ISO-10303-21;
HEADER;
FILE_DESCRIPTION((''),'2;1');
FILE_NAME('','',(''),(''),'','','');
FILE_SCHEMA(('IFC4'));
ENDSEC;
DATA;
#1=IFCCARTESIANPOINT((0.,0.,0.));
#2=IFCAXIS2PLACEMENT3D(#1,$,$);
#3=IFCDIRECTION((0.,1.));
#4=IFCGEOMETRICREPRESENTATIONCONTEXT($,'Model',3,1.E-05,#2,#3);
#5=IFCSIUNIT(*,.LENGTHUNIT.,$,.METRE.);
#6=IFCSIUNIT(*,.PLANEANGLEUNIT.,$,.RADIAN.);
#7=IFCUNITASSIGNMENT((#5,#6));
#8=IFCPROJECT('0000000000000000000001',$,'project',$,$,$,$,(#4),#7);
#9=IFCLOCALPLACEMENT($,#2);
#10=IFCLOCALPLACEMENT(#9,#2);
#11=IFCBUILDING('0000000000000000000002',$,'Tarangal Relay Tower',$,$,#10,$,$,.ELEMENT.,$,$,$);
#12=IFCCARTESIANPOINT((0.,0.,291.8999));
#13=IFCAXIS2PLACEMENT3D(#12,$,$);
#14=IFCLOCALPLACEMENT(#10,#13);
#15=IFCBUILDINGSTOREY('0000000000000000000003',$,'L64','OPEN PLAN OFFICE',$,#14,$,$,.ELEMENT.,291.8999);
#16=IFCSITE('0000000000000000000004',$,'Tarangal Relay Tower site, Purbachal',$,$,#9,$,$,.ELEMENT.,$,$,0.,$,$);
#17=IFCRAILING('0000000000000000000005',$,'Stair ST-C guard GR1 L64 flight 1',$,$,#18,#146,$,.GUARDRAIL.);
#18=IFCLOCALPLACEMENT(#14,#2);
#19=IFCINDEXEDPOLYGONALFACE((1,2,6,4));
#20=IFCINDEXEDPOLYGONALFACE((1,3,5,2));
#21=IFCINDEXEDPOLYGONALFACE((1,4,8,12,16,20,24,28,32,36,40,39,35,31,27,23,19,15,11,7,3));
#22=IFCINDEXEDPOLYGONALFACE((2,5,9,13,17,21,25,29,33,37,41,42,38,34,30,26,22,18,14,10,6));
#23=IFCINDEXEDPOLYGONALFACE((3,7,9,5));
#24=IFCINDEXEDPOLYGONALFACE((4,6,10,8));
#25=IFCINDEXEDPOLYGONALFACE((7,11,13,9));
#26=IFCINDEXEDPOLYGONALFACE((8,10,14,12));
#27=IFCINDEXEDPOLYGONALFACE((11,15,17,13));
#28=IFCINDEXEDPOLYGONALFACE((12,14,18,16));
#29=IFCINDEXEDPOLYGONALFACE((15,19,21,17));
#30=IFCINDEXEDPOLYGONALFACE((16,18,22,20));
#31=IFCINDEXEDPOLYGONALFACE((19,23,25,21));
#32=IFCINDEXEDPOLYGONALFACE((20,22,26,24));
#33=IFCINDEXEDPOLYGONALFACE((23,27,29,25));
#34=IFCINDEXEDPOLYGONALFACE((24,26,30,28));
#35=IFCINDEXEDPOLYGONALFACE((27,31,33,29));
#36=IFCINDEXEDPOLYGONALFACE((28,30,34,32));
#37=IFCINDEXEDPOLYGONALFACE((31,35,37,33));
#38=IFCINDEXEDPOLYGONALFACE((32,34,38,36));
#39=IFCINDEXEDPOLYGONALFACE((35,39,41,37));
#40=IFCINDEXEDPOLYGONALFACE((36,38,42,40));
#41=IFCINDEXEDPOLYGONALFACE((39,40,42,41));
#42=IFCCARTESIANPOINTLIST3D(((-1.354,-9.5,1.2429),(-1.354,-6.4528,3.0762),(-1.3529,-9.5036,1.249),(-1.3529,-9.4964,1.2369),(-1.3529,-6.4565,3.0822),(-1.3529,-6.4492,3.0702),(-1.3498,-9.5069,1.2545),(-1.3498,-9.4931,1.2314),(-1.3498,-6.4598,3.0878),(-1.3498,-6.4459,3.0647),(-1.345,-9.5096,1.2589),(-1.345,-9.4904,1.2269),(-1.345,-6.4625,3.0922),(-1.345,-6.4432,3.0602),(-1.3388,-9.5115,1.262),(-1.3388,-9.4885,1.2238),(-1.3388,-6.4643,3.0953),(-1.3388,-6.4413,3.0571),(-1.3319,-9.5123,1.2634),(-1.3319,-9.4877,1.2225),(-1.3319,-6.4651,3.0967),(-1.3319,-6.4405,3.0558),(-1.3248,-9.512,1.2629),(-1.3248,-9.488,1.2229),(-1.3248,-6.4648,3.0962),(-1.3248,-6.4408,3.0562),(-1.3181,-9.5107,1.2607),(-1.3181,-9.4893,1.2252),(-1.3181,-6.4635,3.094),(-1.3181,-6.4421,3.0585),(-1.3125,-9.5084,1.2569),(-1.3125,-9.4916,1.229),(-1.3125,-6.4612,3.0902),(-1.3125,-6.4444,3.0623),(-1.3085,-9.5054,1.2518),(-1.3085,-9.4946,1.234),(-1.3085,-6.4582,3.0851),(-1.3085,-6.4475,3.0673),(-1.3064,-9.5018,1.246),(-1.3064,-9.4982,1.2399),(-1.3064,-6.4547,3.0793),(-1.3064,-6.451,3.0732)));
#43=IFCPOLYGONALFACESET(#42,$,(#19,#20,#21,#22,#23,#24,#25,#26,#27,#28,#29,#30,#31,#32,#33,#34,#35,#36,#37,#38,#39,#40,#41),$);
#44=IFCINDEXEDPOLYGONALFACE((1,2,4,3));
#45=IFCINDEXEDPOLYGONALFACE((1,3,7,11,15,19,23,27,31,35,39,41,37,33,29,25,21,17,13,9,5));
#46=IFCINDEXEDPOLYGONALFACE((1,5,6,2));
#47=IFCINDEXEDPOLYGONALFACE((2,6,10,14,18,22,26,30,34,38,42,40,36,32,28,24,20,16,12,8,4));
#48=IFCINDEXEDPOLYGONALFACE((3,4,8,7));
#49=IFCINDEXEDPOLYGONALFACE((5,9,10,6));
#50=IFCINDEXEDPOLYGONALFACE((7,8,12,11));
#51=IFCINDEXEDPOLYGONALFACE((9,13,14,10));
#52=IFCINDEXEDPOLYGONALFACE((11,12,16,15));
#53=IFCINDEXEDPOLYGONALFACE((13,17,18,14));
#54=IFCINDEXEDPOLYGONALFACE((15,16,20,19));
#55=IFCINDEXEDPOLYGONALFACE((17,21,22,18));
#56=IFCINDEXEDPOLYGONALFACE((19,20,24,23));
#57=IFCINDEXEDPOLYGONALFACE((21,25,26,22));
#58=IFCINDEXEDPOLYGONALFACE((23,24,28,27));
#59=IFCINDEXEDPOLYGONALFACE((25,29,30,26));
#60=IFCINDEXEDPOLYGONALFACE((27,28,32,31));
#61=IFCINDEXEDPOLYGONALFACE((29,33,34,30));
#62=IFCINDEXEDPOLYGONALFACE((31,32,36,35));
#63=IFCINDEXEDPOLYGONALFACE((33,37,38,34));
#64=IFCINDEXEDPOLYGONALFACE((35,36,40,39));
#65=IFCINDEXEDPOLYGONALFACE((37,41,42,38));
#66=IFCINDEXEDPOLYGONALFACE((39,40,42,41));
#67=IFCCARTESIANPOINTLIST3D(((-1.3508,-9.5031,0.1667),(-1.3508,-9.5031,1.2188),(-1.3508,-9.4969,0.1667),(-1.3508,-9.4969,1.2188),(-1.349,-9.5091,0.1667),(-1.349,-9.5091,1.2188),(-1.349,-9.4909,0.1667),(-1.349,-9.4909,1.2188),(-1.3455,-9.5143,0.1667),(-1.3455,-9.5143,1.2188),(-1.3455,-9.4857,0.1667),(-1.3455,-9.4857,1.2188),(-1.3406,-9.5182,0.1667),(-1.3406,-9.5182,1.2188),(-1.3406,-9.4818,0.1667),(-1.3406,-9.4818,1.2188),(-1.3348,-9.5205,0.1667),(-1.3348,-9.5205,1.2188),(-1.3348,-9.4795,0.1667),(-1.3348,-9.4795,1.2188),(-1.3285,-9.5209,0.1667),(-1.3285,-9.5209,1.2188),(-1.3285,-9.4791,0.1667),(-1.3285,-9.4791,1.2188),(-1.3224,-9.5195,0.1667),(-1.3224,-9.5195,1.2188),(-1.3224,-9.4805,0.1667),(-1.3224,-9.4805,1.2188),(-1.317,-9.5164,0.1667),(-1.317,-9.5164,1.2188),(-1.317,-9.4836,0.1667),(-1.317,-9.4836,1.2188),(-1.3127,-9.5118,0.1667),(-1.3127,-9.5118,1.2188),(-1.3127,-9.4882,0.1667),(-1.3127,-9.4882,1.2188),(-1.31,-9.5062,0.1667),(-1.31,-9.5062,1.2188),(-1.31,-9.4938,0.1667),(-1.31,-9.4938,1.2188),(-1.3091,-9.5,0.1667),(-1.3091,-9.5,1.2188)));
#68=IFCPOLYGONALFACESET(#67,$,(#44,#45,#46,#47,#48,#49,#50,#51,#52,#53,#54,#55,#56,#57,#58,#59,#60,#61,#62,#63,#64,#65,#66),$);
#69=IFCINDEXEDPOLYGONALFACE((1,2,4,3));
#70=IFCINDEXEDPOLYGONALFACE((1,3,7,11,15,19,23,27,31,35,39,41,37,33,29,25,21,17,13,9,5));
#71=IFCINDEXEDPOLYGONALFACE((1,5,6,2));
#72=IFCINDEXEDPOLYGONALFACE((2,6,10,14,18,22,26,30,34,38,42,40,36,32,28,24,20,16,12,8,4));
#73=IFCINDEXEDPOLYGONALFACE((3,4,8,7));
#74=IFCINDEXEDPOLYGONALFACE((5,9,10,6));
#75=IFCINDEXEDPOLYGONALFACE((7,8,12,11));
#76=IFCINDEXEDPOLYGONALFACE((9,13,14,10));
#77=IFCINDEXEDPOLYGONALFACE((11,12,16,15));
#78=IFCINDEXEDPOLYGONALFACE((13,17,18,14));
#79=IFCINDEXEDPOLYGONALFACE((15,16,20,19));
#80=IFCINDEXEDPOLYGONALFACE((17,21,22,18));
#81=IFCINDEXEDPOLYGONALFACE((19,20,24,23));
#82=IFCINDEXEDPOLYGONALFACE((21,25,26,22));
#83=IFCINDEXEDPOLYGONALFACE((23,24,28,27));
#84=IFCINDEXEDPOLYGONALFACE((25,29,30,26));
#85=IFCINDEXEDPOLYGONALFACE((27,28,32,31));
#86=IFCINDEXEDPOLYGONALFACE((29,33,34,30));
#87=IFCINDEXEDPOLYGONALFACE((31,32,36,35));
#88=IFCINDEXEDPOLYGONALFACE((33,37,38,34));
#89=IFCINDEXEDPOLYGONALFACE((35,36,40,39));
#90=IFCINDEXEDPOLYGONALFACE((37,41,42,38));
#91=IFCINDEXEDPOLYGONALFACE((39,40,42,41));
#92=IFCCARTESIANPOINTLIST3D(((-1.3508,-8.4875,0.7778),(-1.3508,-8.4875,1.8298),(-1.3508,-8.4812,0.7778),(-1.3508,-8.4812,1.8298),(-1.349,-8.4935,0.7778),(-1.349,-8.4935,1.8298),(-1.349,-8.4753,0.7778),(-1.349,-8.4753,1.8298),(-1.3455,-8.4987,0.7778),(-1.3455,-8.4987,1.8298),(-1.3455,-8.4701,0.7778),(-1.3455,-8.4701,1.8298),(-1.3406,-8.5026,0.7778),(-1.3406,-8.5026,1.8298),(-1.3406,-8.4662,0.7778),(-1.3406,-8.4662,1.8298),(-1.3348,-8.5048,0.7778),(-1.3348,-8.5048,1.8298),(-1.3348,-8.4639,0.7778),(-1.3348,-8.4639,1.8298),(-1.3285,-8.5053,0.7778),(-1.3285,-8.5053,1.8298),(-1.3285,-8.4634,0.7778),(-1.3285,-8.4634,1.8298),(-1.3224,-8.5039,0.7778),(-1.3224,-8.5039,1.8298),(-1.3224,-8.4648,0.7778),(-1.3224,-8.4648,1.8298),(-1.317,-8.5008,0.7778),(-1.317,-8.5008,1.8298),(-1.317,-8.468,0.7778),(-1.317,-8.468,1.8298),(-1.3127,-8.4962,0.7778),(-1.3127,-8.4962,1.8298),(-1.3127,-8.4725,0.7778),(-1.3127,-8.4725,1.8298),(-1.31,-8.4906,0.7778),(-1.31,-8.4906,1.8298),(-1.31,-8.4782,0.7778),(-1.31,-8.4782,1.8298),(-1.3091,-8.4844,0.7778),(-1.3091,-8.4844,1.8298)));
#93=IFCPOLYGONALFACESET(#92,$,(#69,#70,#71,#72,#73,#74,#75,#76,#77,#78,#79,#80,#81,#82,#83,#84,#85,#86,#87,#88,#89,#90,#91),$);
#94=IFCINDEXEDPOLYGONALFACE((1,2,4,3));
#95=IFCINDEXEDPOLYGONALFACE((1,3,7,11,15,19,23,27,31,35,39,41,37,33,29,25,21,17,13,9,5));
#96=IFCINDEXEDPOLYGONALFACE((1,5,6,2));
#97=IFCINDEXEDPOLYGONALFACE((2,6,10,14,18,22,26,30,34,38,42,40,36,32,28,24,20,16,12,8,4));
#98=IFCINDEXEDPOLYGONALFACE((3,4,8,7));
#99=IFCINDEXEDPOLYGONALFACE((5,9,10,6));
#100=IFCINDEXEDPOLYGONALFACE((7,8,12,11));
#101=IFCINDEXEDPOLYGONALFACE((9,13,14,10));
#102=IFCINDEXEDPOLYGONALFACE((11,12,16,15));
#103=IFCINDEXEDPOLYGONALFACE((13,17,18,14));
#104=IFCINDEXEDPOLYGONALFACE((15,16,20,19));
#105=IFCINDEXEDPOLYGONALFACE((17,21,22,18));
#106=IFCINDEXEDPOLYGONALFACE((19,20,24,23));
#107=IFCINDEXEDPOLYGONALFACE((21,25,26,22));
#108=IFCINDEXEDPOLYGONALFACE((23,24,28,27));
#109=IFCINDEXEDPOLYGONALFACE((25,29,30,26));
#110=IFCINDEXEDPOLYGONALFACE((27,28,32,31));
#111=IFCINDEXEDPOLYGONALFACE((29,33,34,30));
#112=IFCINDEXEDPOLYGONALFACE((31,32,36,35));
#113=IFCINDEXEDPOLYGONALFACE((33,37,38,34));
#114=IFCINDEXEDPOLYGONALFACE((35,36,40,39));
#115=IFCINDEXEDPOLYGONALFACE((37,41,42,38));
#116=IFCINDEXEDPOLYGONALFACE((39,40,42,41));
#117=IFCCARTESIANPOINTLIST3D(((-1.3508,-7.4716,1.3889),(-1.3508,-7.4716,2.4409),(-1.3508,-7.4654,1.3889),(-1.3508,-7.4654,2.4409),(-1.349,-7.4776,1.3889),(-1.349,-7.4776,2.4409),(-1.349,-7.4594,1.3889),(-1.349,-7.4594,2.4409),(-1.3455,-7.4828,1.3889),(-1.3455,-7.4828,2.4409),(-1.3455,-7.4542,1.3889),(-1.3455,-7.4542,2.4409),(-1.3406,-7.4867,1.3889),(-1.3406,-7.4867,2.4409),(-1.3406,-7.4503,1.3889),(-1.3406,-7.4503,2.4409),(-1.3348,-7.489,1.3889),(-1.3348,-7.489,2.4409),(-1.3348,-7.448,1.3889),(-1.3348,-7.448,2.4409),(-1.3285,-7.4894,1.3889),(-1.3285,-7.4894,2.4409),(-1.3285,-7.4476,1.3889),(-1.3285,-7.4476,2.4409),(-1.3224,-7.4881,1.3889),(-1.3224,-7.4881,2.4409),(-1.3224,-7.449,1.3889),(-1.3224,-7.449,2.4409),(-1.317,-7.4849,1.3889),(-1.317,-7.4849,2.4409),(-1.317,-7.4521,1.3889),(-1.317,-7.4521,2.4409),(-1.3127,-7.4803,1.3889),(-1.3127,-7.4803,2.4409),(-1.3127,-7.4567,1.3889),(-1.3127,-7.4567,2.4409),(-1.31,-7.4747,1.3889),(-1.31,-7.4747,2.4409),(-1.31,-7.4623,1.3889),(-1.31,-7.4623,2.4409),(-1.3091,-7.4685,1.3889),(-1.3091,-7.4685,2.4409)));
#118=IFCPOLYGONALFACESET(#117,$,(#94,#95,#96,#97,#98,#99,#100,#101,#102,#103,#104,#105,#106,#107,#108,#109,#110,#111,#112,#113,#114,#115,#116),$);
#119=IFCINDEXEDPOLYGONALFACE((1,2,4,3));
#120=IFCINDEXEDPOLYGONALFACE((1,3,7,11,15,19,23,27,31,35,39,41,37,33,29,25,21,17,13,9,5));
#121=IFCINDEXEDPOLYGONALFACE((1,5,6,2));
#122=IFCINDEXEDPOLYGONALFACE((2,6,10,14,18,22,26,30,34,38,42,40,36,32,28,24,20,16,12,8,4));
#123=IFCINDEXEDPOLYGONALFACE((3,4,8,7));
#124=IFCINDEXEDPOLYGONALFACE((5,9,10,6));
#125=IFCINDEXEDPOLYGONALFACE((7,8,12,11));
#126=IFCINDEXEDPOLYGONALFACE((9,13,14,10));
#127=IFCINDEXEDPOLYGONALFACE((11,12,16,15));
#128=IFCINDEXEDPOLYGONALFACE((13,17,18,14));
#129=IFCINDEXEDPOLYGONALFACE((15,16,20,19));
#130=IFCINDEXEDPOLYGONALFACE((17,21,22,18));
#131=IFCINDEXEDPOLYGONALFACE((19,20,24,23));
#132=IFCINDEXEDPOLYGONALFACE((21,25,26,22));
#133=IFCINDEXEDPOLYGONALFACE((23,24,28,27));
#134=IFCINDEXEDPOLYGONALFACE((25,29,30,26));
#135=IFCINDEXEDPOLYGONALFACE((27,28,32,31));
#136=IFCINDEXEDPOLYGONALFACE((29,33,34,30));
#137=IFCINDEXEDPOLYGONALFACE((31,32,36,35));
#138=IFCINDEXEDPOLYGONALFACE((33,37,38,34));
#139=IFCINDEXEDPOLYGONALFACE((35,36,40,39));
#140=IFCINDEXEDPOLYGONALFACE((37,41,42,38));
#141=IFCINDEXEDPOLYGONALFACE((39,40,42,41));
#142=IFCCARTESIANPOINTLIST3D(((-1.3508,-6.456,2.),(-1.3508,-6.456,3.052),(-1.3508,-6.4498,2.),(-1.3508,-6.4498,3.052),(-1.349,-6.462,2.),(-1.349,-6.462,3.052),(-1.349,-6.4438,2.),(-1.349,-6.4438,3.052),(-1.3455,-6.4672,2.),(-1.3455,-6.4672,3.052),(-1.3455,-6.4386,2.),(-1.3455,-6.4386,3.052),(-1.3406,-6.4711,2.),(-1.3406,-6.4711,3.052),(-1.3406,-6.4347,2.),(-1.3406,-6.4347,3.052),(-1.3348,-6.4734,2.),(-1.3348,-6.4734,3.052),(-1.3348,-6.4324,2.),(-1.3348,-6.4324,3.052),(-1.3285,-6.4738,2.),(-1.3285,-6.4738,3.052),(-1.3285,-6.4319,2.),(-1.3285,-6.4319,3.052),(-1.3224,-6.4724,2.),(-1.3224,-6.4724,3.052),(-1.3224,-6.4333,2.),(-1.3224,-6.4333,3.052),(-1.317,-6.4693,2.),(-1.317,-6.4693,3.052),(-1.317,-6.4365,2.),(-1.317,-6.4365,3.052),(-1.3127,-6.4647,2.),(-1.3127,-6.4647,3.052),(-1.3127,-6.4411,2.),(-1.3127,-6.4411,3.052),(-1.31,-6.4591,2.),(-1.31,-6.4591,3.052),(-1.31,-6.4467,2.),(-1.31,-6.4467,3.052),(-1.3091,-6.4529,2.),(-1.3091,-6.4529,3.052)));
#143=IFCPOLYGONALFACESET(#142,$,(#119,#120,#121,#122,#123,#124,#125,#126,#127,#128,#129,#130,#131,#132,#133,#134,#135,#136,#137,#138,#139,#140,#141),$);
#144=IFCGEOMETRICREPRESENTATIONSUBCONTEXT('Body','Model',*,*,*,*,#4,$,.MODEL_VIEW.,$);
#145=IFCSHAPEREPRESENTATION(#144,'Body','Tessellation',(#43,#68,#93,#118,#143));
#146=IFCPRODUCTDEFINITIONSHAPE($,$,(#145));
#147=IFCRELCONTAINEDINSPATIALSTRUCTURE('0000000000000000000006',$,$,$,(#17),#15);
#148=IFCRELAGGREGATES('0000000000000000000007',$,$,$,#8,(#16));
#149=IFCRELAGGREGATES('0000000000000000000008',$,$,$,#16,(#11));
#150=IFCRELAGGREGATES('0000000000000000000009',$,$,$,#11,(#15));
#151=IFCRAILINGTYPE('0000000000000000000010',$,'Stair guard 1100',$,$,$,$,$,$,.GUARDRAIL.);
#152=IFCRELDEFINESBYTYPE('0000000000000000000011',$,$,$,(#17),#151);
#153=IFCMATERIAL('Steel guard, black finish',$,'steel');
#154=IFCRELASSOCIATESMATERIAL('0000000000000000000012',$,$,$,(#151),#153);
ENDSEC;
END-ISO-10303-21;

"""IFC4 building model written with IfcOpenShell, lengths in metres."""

from ifc_helpers import new_model, si_unit, direction, frame, origin, origin_2d, place, context, subcontext, project, spatial, circle, extrude, material, type_object, element, save


model = new_model("IFC4")

# Units and contexts
model_context = context("Model", 3, precision=1e-05, world=origin(), true_north=direction((0.0, 1.0)))
body_context = subcontext(model_context, "Body", "Model", "MODEL_VIEW")
ifc_project = project(units=[si_unit("LENGTHUNIT", "METRE"), si_unit("PLANEANGLEUNIT", "RADIAN")], contexts=[model_context])

# Site, building, storey
site_placement = place(None, origin())
site = spatial("IfcSite", under=ifc_project, at=site_placement, Name="Tarangal Relay Tower site, Purbachal", CompositionType="ELEMENT", RefElevation=0.0)
building_placement = place(site_placement, origin())
building = spatial("IfcBuilding", under=site, at=building_placement, Name="Tarangal Relay Tower", CompositionType="ELEMENT")
storey_placement = place(building_placement, frame((0.0, 0.0, 291.8999)))
storey = spatial("IfcBuildingStorey", under=building, at=storey_placement, Name="L64", Description="OPEN PLAN OFFICE", CompositionType="ELEMENT", Elevation=291.8999)

# Railing
ifc_material_1 = material(Name="Steel guard, black finish", Category="steel")
railing_type_1 = type_object("IfcRailingType", Name="Stair guard 1100", PredefinedType="GUARDRAIL", material=ifc_material_1)
railing_1_placement = place(storey_placement, frame((-1.3301, -9.5, 0.1667)))
element("IfcRailing", 1, at=railing_1_placement, inside=storey, type_object=railing_type_1, Name="Stair ST-C guard GR1 L64 flight 1", PredefinedType="GUARDRAIL", context=body_context, shape_type="SweptSolid", body=[
    extrude(circle(Radius=0.0239, at=origin_2d()), frame((0.0, 0.0, 1.0762), z_axis=(0.0, 0.856874, 0.515525), x_axis=(-1.0, 0.0, 0.0)), (0.0, 0.0, 1.0), 3.5562),
    extrude(circle(Radius=0.021, at=origin_2d()), origin(), (0.0, 0.0, 1.0), 1.052),
    extrude(circle(Radius=0.021, at=origin_2d()), frame((0.0, 1.0156, 0.6111)), (0.0, 0.0, 1.0), 1.052),
    extrude(circle(Radius=0.021, at=origin_2d()), frame((0.0, 2.0315, 1.2222)), (0.0, 0.0, 1.0), 1.052),
    extrude(circle(Radius=0.021, at=origin_2d()), frame((0.0, 3.0471, 1.8333)), (0.0, 0.0, 1.0), 1.052),
])

save(model, "model.ifc")
